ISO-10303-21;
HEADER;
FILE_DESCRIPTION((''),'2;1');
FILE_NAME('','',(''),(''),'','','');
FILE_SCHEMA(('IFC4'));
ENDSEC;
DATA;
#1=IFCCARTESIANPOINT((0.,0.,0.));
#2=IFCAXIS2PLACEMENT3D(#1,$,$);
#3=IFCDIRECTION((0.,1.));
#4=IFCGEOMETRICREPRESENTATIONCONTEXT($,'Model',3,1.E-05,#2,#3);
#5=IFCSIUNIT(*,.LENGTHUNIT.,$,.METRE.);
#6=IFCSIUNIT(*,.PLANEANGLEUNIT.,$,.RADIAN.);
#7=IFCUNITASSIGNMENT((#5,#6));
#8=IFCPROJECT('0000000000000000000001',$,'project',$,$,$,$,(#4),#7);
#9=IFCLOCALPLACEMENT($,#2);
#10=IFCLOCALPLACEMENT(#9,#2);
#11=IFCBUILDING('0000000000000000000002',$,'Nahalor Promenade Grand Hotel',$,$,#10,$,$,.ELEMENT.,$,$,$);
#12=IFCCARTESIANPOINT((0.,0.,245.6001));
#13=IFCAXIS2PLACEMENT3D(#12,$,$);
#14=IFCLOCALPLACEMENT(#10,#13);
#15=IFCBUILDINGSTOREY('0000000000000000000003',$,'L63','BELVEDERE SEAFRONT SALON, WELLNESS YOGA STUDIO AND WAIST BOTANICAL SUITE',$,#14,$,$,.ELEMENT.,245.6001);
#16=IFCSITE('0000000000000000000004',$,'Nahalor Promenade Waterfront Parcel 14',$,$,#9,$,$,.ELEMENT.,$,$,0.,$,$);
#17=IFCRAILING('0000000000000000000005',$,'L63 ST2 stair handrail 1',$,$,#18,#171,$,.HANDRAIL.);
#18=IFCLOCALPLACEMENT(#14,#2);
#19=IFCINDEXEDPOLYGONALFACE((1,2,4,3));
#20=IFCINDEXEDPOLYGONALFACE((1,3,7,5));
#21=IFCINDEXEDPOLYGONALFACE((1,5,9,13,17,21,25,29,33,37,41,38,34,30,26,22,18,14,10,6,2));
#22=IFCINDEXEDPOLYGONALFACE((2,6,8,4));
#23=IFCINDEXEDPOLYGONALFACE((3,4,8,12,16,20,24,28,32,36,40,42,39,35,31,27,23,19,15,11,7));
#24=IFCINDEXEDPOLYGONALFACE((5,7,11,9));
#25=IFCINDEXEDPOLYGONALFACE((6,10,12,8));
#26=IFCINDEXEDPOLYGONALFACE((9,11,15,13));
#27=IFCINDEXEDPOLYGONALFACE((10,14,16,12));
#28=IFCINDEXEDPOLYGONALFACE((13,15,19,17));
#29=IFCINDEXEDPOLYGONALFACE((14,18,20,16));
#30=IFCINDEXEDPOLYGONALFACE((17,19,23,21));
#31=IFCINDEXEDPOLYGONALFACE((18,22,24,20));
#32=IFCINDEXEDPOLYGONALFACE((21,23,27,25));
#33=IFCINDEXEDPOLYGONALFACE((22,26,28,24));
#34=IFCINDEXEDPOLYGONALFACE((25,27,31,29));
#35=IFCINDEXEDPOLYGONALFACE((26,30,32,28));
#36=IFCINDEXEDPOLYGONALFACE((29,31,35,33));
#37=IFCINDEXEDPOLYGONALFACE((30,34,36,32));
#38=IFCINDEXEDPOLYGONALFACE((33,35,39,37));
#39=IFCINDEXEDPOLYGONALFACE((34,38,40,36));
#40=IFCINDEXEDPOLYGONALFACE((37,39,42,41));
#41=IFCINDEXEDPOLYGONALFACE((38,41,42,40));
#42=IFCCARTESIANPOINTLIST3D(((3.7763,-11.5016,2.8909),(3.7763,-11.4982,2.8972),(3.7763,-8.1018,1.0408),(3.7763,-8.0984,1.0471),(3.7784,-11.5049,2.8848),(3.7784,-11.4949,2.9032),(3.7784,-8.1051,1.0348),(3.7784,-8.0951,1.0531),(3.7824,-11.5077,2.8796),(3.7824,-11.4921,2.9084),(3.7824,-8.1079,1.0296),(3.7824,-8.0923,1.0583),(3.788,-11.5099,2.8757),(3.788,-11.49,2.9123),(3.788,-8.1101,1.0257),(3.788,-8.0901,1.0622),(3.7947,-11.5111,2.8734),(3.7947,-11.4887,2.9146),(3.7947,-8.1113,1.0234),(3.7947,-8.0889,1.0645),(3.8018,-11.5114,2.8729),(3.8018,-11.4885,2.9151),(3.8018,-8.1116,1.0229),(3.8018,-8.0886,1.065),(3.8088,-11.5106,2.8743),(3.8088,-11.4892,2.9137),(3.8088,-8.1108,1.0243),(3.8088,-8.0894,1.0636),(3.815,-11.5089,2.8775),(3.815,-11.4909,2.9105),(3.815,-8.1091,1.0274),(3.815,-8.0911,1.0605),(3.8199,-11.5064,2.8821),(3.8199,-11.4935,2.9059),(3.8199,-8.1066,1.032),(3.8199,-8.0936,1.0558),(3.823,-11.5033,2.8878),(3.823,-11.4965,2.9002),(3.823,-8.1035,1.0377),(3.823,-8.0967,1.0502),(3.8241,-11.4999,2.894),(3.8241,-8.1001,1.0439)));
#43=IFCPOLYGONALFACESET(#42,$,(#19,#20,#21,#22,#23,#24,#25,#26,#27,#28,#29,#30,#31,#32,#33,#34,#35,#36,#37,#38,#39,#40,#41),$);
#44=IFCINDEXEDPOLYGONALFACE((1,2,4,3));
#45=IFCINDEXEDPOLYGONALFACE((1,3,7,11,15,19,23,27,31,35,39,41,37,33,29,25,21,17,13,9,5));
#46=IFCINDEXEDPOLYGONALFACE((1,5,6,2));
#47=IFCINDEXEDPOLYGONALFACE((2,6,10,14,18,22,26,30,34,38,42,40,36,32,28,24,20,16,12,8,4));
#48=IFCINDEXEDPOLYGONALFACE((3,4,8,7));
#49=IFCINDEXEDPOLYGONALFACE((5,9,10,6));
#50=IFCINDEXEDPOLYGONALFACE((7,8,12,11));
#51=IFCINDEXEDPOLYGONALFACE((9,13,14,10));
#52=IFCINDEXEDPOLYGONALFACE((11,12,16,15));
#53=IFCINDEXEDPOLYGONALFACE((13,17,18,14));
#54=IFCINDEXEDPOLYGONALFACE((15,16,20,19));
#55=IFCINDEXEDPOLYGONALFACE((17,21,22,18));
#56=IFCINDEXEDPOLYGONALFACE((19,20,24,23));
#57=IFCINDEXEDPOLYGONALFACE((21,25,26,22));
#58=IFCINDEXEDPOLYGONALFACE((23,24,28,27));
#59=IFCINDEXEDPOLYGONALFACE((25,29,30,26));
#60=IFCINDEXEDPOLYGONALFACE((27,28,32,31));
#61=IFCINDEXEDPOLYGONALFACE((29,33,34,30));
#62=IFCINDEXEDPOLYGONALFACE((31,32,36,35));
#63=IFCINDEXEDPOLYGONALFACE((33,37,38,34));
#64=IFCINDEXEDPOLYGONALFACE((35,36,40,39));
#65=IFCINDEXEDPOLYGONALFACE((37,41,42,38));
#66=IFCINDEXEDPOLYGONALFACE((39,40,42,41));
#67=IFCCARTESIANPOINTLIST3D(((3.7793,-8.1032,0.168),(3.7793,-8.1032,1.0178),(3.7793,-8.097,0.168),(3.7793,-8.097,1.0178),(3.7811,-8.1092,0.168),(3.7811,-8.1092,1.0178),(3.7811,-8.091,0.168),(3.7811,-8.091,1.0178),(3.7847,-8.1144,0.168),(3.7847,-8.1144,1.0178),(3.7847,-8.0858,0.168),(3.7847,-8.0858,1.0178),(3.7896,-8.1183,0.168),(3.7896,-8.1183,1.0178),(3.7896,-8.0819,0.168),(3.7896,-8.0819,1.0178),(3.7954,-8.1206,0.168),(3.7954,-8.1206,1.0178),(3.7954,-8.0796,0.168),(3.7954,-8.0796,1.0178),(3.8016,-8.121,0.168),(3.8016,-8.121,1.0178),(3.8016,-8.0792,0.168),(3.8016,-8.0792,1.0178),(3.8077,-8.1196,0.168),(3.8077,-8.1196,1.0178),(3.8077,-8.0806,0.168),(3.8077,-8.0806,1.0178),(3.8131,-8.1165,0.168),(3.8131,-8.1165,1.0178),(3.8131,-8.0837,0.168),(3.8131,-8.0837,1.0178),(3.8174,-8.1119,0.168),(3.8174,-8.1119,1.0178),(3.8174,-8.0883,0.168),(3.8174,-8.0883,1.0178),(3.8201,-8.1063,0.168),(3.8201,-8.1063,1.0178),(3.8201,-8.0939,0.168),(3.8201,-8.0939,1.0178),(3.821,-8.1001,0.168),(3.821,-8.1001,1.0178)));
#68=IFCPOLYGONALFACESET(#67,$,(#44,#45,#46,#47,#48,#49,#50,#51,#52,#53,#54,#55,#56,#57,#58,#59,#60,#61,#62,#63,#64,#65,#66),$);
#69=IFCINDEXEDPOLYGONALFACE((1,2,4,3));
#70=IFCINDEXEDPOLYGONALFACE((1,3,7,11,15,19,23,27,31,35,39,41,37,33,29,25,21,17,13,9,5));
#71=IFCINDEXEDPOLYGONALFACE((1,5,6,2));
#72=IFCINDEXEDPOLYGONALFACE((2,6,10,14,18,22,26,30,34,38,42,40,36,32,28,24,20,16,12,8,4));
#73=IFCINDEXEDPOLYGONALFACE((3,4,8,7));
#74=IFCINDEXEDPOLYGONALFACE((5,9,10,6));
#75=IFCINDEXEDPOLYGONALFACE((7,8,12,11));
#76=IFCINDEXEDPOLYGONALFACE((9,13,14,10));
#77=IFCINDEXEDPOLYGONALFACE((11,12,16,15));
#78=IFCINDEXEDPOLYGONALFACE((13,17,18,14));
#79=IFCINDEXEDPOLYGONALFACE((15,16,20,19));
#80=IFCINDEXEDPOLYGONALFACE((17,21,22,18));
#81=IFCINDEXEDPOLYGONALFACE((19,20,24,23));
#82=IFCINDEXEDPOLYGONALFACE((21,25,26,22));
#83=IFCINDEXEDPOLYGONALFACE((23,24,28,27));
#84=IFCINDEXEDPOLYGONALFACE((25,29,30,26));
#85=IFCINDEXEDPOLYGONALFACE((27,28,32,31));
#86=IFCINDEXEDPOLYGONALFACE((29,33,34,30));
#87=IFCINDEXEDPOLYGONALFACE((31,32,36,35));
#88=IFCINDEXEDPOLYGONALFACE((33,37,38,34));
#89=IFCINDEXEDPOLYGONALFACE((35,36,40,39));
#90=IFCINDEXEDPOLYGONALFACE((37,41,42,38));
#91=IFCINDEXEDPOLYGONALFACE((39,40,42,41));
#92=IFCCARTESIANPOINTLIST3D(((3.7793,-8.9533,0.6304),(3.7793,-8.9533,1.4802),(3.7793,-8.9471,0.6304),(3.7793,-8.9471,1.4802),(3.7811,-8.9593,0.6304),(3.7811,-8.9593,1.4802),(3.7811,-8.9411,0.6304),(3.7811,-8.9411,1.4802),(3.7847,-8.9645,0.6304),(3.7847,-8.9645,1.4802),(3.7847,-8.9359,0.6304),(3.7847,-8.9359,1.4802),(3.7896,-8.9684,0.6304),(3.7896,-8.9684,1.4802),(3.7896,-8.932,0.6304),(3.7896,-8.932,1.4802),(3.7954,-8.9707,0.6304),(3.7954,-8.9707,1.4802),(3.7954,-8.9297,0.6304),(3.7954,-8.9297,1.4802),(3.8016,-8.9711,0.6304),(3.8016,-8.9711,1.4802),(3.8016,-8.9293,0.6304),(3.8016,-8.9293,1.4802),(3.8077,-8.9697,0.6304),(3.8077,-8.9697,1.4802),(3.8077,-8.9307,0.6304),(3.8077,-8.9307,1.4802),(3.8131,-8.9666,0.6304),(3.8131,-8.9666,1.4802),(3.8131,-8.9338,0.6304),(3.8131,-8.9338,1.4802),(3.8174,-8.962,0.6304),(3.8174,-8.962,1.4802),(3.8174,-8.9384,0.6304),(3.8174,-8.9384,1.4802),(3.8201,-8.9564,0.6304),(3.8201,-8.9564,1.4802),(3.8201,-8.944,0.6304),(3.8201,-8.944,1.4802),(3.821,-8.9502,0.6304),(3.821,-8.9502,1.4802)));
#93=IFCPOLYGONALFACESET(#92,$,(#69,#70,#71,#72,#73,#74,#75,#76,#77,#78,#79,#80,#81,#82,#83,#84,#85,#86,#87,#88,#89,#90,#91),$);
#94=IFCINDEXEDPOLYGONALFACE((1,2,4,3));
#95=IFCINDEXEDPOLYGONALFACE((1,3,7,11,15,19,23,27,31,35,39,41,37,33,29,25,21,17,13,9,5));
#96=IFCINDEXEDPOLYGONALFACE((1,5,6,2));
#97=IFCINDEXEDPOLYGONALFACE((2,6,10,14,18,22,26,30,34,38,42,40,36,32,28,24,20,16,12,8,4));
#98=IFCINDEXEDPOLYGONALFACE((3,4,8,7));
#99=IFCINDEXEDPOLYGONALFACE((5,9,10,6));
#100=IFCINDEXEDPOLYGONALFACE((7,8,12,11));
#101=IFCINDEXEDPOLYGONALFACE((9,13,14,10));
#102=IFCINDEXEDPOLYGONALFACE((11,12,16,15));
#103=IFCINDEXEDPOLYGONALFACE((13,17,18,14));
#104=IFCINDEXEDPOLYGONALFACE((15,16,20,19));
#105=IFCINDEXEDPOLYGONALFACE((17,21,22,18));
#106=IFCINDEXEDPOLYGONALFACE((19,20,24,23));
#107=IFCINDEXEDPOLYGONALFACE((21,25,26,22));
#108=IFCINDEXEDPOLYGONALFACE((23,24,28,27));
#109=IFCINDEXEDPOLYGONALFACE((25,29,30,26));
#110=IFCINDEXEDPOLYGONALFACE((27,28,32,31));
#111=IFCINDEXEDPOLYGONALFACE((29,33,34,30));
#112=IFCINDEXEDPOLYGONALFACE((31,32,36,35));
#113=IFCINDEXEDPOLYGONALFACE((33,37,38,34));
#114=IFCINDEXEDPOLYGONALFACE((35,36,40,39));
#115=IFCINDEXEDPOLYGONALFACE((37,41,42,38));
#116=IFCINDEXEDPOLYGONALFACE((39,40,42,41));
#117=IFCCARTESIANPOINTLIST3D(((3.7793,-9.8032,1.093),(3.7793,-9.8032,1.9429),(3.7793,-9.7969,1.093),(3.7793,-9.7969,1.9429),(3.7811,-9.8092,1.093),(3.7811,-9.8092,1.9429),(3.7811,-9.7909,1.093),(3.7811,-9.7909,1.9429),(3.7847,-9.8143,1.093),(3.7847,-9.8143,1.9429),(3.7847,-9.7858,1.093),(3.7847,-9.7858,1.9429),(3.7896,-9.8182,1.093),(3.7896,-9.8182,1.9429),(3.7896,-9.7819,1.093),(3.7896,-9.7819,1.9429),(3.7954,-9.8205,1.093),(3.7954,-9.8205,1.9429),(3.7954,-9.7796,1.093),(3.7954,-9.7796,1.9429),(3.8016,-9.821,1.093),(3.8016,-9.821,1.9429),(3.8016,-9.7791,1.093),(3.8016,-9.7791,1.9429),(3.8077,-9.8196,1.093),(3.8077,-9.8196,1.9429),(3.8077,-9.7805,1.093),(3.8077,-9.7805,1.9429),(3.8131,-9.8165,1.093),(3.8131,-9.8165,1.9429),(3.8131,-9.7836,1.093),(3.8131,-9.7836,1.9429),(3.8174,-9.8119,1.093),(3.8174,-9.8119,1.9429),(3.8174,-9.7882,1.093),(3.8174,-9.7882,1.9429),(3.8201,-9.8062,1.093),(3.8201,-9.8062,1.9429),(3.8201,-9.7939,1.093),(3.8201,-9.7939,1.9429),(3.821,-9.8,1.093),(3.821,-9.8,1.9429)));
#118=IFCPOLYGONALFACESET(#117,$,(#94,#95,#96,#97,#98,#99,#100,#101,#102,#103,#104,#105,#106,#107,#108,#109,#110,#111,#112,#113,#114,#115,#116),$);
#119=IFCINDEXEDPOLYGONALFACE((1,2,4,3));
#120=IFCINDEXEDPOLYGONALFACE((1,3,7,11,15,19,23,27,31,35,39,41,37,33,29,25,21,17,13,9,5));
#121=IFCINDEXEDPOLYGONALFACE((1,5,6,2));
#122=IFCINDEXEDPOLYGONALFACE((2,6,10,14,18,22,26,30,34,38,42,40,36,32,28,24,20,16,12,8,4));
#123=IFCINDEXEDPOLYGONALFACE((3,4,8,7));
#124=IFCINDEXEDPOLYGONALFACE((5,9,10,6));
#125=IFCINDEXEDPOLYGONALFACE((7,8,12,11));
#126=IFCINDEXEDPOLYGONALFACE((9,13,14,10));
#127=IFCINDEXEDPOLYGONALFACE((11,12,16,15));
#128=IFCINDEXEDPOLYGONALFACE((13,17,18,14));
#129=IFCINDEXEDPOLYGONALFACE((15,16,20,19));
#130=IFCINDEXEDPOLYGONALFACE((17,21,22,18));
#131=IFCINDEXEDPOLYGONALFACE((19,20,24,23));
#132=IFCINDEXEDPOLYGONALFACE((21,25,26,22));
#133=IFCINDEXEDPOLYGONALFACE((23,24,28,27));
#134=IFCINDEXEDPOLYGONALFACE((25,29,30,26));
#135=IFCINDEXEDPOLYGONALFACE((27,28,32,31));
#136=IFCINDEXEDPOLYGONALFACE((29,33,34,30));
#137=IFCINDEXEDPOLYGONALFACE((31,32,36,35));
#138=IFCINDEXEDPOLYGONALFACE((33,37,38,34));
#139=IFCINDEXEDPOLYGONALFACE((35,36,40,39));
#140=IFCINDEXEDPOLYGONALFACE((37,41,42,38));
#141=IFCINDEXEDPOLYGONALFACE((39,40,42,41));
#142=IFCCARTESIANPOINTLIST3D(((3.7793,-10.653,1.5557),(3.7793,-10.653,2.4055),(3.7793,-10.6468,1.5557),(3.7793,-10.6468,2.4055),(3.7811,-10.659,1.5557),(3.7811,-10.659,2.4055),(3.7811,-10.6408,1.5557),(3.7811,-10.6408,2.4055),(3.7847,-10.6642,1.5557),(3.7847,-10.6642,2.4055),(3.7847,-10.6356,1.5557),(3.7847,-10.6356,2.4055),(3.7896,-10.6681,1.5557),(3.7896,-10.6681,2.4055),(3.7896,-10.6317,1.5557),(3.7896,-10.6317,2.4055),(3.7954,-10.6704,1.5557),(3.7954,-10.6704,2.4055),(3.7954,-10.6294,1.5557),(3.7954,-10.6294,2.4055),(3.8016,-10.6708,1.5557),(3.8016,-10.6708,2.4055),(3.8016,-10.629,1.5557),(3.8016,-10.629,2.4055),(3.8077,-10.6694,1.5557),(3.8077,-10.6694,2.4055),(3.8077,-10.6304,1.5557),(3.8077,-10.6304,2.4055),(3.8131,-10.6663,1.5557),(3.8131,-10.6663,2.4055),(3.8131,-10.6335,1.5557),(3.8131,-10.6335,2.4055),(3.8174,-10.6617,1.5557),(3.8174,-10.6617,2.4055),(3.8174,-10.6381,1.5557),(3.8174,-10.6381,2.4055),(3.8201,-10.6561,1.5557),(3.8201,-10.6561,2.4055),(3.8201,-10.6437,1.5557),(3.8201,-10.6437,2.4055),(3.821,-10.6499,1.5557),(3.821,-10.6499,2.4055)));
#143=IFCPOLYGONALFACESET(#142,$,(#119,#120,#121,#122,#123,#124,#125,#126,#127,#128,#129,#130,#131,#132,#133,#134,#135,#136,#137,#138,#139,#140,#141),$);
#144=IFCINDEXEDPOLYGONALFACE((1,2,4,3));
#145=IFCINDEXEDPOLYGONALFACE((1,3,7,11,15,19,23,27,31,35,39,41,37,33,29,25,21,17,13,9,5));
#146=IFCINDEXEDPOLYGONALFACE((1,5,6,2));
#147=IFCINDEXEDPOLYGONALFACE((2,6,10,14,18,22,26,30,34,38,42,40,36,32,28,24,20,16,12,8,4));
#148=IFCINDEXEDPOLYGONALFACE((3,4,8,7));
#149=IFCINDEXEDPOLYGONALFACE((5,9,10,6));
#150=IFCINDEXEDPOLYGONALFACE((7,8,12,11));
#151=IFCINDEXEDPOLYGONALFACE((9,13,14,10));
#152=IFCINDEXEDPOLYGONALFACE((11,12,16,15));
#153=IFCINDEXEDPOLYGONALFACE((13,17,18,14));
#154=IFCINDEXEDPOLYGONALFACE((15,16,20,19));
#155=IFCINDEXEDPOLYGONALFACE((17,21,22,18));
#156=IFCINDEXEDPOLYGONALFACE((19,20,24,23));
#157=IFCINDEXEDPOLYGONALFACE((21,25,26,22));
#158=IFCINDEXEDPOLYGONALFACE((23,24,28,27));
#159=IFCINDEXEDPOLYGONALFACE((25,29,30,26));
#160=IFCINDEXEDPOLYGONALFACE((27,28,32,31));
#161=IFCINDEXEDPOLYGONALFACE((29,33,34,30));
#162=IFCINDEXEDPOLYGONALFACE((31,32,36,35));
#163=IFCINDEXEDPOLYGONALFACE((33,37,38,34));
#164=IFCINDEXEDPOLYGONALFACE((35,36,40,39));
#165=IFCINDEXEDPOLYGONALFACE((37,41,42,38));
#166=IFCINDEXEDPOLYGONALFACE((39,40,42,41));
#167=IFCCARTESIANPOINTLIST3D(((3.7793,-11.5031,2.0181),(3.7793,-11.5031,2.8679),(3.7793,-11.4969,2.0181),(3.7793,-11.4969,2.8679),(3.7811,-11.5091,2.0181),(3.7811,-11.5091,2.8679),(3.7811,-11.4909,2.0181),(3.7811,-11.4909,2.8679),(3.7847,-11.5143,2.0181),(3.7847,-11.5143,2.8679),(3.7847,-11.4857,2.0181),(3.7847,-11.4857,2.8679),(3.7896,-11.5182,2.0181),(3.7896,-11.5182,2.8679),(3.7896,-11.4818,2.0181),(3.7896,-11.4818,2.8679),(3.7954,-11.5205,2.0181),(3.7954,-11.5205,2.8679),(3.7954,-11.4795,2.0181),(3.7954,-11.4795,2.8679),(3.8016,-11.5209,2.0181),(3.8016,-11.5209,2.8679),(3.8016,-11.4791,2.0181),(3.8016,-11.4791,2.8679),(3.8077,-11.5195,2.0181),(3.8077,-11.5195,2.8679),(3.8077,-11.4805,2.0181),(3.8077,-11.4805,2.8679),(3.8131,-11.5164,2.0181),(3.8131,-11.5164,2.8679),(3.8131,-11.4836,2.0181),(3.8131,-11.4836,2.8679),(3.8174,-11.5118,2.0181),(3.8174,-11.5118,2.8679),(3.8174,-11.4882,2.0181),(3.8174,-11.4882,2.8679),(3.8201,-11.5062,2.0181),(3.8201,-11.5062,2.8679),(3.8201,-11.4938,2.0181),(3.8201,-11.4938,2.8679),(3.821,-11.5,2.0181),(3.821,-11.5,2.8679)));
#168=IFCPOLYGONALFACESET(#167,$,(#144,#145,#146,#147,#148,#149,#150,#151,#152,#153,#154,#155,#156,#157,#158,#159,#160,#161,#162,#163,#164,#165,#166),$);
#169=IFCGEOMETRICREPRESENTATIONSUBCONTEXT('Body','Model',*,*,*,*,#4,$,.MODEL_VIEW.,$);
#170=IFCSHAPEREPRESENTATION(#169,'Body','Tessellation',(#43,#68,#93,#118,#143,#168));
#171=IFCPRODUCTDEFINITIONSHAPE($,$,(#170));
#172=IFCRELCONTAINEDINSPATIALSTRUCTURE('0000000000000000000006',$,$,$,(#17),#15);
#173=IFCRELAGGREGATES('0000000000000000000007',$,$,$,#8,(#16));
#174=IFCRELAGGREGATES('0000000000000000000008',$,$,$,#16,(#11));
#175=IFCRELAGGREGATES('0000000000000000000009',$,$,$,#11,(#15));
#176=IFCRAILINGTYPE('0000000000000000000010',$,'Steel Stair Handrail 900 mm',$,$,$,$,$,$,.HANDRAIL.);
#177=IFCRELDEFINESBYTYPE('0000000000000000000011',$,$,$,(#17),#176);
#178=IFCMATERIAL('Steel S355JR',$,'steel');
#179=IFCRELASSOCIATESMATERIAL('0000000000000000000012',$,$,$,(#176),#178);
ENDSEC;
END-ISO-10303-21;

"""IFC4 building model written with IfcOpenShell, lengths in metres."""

from ifc_helpers import new_model, si_unit, direction, frame, origin, origin_2d, place, context, subcontext, project, spatial, circle, extrude, material, type_object, element, save


model = new_model("IFC4")

# Units and contexts
model_context = context("Model", 3, precision=1e-05, world=origin(), true_north=direction((0.0, 1.0)))
body_context = subcontext(model_context, "Body", "Model", "MODEL_VIEW")
ifc_project = project(units=[si_unit("LENGTHUNIT", "METRE"), si_unit("PLANEANGLEUNIT", "RADIAN")], contexts=[model_context])

# Site, building, storey
site_placement = place(None, origin())
site = spatial("IfcSite", under=ifc_project, at=site_placement, Name="Nahalor Promenade Waterfront Parcel 14", CompositionType="ELEMENT", RefElevation=0.0)
building_placement = place(site_placement, origin())
building = spatial("IfcBuilding", under=site, at=building_placement, Name="Nahalor Promenade Grand Hotel", CompositionType="ELEMENT")
storey_placement = place(building_placement, frame((0.0, 0.0, 245.6001)))
storey = spatial("IfcBuildingStorey", under=building, at=storey_placement, Name="L63", Description="BELVEDERE SEAFRONT SALON, WELLNESS YOGA STUDIO AND WAIST BOTANICAL SUITE", CompositionType="ELEMENT", Elevation=245.6001)

# Shared definitions
ifc_material_1 = material(Name="Steel S355JR", Category="steel")

# Railing
railing_type_1 = type_object("IfcRailingType", Name="Steel Stair Handrail 900 mm", PredefinedType="HANDRAIL", material=ifc_material_1)
railing_1_placement = place(storey_placement, frame((3.8, -8.1001, 0.168)))
element("IfcRailing", 1, at=railing_1_placement, inside=storey, type_object=railing_type_1, Name="L63 ST2 stair handrail 1", PredefinedType="HANDRAIL", context=body_context, shape_type="SweptSolid", body=[
    extrude(circle(Radius=0.024, at=origin_2d()), frame((0.0, 0.0, 0.876), z_axis=(0.0, -0.878372, 0.477977), x_axis=(1.0, 0.0, 0.0)), (0.0, 0.0, 1.0), 3.8706),
    extrude(circle(Radius=0.021, at=origin_2d()), origin(), (0.0, 0.0, 1.0), 0.8499),
    extrude(circle(Radius=0.021, at=origin_2d()), frame((0.0, -0.8501, 0.4624)), (0.0, 0.0, 1.0), 0.8499),
    extrude(circle(Radius=0.021, at=origin_2d()), frame((0.0, -1.7, 0.925)), (0.0, 0.0, 1.0), 0.8499),
    extrude(circle(Radius=0.021, at=origin_2d()), frame((0.0, -2.5498, 1.3877)), (0.0, 0.0, 1.0), 0.8499),
    extrude(circle(Radius=0.021, at=origin_2d()), frame((0.0, -3.3999, 1.8501)), (0.0, 0.0, 1.0), 0.8499),
])

save(model, "model.ifc")
